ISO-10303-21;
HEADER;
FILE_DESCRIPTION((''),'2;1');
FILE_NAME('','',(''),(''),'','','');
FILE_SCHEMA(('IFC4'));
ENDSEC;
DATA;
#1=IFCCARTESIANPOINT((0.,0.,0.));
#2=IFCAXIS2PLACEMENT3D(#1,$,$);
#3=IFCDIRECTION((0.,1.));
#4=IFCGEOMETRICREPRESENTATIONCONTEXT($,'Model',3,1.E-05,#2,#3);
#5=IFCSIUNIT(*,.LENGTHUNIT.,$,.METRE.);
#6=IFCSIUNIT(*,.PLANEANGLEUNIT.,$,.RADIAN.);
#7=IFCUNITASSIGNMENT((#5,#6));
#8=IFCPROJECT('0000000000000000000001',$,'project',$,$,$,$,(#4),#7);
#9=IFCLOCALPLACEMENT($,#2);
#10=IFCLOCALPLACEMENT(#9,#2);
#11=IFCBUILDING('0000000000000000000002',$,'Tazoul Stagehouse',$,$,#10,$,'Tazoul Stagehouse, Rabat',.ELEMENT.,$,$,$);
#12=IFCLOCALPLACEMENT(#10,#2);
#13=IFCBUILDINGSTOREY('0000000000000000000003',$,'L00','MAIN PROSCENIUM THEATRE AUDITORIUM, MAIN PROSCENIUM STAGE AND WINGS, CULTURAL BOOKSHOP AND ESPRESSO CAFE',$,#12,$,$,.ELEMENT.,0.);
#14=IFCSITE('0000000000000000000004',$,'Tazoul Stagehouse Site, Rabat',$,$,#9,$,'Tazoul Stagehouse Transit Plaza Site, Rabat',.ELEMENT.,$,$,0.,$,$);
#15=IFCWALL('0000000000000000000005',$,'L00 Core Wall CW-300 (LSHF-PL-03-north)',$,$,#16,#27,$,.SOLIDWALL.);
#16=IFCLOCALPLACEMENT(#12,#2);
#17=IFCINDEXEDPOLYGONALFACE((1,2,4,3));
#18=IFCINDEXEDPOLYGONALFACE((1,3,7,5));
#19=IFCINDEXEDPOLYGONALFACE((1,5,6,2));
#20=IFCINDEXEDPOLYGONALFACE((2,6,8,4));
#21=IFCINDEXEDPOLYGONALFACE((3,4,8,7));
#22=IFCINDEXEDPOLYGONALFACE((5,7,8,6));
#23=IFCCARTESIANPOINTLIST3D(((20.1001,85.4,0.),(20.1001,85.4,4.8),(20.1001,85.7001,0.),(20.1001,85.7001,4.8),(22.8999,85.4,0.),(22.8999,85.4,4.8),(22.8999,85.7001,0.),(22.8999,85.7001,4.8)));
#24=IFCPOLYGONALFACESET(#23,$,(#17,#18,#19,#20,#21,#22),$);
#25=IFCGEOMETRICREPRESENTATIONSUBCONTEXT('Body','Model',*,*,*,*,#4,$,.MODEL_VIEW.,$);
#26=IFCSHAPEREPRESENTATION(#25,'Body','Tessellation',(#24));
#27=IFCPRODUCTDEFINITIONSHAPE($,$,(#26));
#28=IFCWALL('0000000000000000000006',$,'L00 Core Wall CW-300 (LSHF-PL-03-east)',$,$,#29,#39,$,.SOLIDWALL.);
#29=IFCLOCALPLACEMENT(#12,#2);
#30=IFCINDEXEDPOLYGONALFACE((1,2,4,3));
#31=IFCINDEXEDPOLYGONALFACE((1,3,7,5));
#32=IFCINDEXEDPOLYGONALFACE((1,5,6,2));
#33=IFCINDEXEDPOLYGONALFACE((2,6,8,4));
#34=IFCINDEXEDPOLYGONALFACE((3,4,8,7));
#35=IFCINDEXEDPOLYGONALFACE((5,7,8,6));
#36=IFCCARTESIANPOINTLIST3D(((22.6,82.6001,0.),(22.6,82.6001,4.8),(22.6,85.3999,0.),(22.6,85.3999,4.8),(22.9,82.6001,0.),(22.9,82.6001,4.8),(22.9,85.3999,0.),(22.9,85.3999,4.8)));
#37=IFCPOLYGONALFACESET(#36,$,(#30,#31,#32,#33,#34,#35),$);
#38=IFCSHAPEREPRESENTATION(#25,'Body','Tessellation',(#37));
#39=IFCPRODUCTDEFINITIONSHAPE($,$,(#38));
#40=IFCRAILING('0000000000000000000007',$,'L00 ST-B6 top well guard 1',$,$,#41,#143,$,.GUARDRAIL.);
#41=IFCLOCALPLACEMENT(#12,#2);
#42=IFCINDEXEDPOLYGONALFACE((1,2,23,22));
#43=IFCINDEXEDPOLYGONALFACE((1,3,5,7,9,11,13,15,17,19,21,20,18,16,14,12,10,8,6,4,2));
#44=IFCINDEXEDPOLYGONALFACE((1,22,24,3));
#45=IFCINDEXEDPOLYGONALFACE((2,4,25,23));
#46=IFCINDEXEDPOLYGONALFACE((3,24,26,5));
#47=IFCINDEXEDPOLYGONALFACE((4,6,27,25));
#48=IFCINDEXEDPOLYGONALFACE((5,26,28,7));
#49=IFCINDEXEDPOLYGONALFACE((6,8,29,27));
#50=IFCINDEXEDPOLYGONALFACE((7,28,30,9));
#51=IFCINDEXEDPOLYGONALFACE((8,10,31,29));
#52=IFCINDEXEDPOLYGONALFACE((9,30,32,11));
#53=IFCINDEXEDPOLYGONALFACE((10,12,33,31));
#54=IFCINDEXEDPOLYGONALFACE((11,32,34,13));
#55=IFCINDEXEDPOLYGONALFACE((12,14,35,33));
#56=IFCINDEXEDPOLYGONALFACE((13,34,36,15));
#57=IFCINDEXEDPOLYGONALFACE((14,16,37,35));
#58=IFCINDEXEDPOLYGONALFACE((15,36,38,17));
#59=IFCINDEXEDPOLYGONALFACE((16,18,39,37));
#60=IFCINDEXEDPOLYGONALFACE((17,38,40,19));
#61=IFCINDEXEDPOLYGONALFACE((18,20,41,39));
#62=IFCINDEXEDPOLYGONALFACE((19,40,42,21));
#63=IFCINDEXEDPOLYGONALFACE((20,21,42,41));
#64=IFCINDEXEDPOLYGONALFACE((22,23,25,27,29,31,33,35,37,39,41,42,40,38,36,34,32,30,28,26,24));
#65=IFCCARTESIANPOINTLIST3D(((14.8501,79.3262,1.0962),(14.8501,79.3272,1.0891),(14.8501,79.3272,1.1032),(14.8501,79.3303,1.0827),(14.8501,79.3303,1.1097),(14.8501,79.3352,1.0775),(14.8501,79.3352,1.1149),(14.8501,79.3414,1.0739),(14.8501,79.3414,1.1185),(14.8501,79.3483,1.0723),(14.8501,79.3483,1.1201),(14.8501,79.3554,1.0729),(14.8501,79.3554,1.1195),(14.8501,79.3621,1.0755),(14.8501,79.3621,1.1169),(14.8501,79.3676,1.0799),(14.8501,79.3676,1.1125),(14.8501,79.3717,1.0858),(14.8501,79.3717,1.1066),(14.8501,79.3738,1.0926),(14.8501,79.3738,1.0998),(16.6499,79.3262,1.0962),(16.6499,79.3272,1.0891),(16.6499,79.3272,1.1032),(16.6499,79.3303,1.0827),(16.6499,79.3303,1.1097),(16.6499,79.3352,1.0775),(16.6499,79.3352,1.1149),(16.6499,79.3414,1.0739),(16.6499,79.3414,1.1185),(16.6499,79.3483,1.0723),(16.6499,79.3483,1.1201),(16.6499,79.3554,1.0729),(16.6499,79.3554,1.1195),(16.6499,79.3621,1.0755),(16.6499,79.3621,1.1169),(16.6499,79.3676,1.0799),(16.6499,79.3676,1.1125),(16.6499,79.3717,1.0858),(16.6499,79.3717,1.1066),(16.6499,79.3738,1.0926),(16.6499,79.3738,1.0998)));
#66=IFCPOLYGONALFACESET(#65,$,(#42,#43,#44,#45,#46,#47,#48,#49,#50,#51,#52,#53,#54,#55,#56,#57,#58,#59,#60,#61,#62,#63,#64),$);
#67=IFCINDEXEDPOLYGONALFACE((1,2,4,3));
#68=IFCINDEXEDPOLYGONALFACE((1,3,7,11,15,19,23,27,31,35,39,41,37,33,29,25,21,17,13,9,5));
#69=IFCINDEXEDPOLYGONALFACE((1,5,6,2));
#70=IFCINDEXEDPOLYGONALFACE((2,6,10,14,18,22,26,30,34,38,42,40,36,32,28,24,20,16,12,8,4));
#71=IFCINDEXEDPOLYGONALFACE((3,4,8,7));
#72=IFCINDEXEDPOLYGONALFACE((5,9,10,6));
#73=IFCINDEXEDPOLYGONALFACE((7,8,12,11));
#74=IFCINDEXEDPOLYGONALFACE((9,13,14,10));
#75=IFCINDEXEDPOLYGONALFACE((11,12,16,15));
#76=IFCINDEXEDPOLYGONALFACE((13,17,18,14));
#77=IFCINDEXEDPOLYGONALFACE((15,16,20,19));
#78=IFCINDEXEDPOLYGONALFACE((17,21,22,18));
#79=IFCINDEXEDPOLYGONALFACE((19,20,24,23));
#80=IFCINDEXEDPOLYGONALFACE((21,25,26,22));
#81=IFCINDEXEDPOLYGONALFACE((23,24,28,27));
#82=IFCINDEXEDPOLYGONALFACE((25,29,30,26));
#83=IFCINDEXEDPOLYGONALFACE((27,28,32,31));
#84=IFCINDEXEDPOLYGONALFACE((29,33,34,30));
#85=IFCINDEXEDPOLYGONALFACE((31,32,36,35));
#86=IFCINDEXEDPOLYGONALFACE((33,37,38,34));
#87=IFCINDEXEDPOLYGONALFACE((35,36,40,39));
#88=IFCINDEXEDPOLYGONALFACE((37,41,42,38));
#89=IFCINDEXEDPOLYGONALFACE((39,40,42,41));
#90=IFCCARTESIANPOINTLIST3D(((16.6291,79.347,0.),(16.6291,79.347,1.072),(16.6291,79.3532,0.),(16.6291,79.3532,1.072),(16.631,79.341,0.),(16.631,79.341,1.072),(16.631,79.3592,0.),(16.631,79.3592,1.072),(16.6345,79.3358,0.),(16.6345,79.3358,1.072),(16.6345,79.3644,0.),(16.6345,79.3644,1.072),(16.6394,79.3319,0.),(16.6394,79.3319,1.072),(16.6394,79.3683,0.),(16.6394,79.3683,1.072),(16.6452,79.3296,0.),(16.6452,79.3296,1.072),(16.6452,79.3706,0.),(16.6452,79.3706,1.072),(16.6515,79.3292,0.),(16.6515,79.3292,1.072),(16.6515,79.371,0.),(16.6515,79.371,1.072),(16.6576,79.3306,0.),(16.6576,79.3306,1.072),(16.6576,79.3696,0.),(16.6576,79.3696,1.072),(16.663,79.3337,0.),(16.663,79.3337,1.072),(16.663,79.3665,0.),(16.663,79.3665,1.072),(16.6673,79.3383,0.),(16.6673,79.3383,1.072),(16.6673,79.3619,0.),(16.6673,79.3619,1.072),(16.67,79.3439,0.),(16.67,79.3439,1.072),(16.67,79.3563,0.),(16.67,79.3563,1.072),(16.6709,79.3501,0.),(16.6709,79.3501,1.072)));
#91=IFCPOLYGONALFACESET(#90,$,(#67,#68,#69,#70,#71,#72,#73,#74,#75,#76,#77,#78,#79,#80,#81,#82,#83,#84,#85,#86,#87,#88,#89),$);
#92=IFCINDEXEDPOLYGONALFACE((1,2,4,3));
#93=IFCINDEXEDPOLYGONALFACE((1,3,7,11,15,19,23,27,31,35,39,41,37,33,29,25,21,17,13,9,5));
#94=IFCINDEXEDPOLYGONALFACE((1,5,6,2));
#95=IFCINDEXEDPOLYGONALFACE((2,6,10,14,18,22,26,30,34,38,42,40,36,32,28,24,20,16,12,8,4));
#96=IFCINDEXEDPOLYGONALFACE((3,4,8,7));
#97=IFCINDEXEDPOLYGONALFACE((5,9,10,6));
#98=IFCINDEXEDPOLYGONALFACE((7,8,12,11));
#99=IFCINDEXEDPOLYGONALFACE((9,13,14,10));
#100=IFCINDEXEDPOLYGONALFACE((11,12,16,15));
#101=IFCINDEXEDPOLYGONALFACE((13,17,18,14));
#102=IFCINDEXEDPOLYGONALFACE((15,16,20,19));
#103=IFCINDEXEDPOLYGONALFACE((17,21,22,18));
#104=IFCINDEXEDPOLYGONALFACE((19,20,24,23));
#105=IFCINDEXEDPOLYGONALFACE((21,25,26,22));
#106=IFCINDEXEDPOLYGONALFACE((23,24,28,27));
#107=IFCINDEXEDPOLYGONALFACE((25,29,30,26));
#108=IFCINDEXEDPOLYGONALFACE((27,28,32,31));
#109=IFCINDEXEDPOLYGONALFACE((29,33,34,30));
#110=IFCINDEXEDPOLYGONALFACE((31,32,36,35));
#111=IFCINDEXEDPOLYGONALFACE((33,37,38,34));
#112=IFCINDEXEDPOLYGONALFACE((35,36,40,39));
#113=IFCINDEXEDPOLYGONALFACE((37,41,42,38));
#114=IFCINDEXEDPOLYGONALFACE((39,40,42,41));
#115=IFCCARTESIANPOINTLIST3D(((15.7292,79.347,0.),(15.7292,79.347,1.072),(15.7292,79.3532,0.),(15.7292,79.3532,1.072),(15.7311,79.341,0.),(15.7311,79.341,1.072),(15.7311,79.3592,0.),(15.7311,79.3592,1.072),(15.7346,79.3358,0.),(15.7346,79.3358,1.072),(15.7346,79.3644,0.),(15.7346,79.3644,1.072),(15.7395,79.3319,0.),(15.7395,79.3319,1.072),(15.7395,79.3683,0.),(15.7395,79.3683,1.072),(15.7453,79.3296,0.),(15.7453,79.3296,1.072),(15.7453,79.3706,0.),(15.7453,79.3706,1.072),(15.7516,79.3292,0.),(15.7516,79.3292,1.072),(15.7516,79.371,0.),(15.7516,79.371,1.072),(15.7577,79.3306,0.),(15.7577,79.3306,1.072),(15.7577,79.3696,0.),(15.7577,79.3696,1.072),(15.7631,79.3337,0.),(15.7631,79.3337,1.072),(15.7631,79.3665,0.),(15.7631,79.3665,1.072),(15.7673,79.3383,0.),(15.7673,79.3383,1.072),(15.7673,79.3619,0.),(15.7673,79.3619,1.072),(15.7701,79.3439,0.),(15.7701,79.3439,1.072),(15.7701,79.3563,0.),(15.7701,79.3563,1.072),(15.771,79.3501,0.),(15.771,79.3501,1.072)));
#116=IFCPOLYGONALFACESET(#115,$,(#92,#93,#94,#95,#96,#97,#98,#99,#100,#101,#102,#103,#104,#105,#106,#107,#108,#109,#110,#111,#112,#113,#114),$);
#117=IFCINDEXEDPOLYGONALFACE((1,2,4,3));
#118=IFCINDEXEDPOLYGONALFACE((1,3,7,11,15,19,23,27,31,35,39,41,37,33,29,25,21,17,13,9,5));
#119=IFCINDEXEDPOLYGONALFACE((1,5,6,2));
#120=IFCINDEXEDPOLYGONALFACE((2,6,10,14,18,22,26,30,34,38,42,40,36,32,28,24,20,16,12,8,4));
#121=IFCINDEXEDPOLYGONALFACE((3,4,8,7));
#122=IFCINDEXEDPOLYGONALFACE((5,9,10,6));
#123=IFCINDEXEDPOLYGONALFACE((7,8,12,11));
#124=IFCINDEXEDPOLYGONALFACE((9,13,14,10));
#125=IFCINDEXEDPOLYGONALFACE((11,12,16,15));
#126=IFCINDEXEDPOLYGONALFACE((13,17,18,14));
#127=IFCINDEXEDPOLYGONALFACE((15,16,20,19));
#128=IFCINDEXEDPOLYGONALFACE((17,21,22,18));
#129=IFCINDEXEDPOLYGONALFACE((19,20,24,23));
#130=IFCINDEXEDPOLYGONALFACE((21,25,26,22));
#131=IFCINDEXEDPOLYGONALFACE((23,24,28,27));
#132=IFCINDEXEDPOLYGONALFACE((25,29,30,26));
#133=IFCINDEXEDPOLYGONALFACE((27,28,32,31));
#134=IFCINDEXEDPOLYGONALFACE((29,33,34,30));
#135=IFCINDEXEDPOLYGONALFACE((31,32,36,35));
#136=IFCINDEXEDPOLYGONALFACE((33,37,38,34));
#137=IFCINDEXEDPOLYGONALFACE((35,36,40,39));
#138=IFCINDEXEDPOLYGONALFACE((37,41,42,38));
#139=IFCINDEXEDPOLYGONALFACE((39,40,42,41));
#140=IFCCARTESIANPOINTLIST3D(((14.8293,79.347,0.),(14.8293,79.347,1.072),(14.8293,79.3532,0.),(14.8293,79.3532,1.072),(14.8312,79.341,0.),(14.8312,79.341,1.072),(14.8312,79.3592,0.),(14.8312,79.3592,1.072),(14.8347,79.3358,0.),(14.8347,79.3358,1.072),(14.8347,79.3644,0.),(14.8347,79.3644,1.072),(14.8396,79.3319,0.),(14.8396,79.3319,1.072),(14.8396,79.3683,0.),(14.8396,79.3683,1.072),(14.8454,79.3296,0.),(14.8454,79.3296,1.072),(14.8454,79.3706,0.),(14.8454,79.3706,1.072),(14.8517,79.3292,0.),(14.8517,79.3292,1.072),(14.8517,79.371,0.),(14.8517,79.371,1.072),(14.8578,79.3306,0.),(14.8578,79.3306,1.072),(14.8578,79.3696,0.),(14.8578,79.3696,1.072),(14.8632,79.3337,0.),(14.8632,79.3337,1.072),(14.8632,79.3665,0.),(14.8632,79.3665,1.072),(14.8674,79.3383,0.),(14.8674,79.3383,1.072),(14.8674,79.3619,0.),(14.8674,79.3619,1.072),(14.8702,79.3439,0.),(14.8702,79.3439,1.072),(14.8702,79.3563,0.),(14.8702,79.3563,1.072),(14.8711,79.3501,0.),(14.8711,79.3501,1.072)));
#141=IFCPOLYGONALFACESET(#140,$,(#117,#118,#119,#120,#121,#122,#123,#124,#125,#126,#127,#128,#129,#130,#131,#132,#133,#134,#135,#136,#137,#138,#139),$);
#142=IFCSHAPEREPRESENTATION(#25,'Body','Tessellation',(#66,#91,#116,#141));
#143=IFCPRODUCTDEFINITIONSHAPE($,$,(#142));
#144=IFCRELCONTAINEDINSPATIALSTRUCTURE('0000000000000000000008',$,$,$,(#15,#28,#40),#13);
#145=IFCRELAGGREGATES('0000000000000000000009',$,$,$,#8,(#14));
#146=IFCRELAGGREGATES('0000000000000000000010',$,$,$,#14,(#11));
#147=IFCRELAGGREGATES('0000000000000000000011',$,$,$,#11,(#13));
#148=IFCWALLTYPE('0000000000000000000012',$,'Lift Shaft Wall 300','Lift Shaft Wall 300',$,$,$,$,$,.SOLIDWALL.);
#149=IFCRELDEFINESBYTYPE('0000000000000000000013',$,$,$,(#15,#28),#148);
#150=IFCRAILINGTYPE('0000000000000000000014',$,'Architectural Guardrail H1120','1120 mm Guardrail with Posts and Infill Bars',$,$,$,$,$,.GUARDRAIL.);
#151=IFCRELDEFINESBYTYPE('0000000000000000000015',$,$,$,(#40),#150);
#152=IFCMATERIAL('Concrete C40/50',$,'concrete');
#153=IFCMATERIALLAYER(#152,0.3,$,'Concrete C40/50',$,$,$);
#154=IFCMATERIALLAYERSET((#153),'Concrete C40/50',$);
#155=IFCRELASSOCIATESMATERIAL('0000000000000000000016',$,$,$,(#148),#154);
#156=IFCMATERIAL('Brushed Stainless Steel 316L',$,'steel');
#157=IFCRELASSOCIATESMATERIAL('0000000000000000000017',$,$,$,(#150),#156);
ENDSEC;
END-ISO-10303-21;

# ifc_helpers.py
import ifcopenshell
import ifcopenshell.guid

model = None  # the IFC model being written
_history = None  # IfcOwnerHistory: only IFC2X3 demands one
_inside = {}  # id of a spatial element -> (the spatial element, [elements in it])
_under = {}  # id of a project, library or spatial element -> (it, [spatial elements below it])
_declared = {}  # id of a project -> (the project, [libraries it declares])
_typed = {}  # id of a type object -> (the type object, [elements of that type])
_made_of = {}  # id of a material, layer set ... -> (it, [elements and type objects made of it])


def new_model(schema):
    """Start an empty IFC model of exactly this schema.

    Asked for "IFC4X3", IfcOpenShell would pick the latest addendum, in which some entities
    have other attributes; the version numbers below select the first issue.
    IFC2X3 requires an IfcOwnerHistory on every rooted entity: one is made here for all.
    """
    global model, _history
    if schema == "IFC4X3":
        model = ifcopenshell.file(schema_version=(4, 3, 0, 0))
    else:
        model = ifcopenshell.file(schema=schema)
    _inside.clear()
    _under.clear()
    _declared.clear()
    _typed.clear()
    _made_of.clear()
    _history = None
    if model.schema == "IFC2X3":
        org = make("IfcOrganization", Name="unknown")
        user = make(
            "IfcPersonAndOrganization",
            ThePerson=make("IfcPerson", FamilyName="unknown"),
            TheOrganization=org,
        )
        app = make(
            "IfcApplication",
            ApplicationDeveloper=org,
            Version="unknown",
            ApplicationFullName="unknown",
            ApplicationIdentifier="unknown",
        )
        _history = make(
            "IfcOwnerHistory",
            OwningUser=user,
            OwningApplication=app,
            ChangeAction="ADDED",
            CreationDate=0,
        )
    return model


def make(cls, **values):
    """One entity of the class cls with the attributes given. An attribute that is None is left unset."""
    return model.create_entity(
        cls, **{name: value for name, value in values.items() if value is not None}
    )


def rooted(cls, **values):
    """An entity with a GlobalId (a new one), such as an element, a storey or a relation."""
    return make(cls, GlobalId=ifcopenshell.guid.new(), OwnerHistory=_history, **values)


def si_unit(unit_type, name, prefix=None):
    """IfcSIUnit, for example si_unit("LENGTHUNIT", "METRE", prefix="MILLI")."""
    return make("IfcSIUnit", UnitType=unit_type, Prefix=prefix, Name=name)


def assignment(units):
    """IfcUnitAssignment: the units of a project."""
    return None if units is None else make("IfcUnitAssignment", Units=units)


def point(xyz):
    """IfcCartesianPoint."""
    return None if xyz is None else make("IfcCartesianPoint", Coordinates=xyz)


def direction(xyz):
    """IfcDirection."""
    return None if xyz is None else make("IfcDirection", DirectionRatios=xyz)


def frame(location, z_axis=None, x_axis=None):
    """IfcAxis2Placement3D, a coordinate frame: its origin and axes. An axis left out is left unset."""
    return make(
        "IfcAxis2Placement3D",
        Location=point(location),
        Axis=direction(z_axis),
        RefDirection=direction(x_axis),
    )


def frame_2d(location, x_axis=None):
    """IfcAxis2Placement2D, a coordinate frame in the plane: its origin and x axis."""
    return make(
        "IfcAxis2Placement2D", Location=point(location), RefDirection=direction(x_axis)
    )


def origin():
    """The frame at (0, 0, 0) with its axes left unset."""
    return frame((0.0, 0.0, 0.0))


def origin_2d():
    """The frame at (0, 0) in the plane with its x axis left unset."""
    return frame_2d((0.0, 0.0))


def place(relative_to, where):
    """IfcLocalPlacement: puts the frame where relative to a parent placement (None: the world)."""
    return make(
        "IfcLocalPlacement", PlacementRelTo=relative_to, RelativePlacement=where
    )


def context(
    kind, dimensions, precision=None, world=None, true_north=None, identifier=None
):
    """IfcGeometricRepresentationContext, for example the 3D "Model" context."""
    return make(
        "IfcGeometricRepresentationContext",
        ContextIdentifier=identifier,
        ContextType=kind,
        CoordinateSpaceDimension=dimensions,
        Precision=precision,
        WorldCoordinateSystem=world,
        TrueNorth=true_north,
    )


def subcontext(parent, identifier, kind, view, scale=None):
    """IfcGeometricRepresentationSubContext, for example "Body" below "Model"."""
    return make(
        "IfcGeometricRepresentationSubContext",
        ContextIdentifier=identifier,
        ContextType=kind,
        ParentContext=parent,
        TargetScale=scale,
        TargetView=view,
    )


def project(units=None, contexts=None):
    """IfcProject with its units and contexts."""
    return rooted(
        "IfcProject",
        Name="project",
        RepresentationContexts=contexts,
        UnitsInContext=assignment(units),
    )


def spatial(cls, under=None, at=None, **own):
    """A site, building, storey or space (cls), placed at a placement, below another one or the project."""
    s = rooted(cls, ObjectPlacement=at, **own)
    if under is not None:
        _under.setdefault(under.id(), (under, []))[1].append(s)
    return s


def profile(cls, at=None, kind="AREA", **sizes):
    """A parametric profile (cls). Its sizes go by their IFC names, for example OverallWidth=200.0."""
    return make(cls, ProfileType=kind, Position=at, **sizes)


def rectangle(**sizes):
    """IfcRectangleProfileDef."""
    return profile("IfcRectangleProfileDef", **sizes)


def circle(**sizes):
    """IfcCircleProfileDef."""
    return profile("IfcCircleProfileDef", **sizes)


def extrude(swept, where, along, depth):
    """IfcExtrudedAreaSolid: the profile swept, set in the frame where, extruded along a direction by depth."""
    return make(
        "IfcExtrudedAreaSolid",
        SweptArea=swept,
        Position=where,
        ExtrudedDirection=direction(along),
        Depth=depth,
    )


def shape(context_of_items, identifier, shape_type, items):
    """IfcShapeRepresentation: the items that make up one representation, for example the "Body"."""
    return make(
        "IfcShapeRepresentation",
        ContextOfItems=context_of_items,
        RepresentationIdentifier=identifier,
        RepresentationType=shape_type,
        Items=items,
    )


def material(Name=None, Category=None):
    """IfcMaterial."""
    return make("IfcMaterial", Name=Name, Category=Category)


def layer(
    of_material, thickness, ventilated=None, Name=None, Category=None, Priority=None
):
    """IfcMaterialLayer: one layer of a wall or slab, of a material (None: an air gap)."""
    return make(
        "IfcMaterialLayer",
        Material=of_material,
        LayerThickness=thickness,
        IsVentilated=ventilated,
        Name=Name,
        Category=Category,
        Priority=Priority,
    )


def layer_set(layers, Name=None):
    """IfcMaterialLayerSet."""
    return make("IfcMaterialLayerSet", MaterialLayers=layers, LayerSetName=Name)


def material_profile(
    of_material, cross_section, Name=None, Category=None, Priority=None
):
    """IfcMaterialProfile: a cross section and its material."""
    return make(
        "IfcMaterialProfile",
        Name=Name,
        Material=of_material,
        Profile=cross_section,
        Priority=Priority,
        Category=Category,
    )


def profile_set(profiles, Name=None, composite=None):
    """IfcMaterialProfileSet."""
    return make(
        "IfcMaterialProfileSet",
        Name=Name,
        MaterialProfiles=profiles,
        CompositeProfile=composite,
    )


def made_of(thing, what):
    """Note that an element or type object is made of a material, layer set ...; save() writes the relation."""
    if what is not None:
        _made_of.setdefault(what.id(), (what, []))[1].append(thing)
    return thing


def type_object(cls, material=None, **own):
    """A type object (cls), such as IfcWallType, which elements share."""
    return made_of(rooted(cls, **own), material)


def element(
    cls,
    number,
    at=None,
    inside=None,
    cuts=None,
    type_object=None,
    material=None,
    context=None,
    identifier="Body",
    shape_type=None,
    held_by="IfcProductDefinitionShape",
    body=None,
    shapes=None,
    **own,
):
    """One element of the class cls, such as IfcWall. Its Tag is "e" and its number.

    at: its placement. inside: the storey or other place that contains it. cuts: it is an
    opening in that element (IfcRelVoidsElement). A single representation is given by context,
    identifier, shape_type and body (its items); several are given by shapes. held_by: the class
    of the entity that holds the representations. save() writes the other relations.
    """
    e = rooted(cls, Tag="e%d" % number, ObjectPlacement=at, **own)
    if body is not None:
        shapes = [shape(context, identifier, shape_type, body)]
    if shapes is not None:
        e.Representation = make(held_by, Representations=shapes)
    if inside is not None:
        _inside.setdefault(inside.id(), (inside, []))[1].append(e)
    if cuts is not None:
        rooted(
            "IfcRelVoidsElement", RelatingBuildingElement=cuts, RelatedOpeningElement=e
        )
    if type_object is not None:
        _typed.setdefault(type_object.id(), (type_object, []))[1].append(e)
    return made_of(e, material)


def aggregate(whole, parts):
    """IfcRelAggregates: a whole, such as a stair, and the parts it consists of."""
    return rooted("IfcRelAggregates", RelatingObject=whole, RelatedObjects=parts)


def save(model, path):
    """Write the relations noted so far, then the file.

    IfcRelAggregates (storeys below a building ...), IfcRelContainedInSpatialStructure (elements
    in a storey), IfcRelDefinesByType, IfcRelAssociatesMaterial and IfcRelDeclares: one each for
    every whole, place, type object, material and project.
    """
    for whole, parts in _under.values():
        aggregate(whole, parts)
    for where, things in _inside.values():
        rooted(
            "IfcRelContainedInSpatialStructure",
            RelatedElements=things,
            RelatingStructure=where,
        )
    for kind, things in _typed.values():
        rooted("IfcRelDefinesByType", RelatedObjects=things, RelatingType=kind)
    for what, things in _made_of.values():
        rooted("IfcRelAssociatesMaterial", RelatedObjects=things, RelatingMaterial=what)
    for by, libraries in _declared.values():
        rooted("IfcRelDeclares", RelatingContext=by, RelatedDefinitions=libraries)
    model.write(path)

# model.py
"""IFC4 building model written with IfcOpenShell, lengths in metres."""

from ifc_helpers import new_model, si_unit, direction, frame, frame_2d, origin, origin_2d, place, context, subcontext, project, spatial, rectangle, circle, extrude, material, layer, layer_set, material_profile, profile_set, type_object, element, save


model = new_model("IFC4")

# Units and contexts
model_context = context("Model", 3, precision=1e-05, world=origin(), true_north=direction((0.0, 1.0)))
body_context = subcontext(model_context, "Body", "Model", "MODEL_VIEW")
ifc_project = project(units=[si_unit("LENGTHUNIT", "METRE"), si_unit("PLANEANGLEUNIT", "RADIAN")], contexts=[model_context])

# Site, building, storey
site_placement = place(None, origin())
site = spatial("IfcSite", under=ifc_project, at=site_placement, Name="Tazoul Stagehouse Site, Rabat", LongName="Tazoul Stagehouse Transit Plaza Site, Rabat", CompositionType="ELEMENT", RefElevation=0.0)
building_placement = place(site_placement, origin())
building = spatial("IfcBuilding", under=site, at=building_placement, Name="Tazoul Stagehouse", LongName="Tazoul Stagehouse, Rabat", CompositionType="ELEMENT")
storey_placement = place(building_placement, origin())
storey = spatial("IfcBuildingStorey", under=building, at=storey_placement, Name="L00", Description="MAIN PROSCENIUM THEATRE AUDITORIUM, MAIN PROSCENIUM STAGE AND WINGS, CULTURAL BOOKSHOP AND ESPRESSO CAFE", CompositionType="ELEMENT", Elevation=0.0)

# Shared definitions
ifc_material_1 = material(Name="Concrete C40/50", Category="concrete")

# Shared definitions
ifc_layer_1 = layer(ifc_material_1, 0.3, Name="Concrete C40/50")
ifc_layer_set_1 = layer_set([ifc_layer_1], Name="Concrete C40/50")
wall_type_1 = type_object("IfcWallType", Name="Lift Shaft Wall 300", Description="Lift Shaft Wall 300", PredefinedType="SOLIDWALL", material=ifc_layer_set_1)

# Walls
for number, where, z_axis, x_axis, name in (
    (1, (20.1001, 85.55, 0.0), (0.0, 0.0, 1.0), (1.0, 0.0, 0.0), "L00 Core Wall CW-300 (LSHF-PL-03-north)"),
    (2, (22.75, 85.3999, 0.0), (0.0, 0.0, 1.0), (0.0, -1.0, 0.0), "L00 Core Wall CW-300 (LSHF-PL-03-east)"),
):
    element("IfcWall", number, at=place(storey_placement, frame(where, z_axis=z_axis, x_axis=x_axis)), inside=storey, type_object=wall_type_1, Name=name, PredefinedType="SOLIDWALL", context=body_context, shape_type="SweptSolid", body=[
        extrude(rectangle(XDim=2.7998, YDim=0.3, at=frame_2d((1.3999, 0.0))), origin(), (0.0, 0.0, 1.0), 4.8),
    ])

# Railing
ifc_material_2 = material(Name="Brushed Stainless Steel 316L", Category="steel")
ifc_material_profile_1 = material_profile(ifc_material_2, circle(Radius=0.0239, at=origin_2d()), Name="SS RAIL D48")
ifc_profile_set_1 = profile_set([ifc_material_profile_1], Name="Brushed Stainless Steel 316L")
railing_type = type_object("IfcRailingType", Name="Architectural Guardrail H1120", Description="1120 mm Guardrail with Posts and Infill Bars", PredefinedType="GUARDRAIL", material=ifc_profile_set_1)
railing_placement = place(storey_placement, frame((16.6499, 79.3501, 0.0)))
element("IfcRailing", 3, at=railing_placement, inside=storey, type_object=railing_type, Name="L00 ST-B6 top well guard 1", PredefinedType="GUARDRAIL", context=body_context, shape_type="SweptSolid", body=[
    extrude(circle(Radius=0.0239, at=origin_2d()), frame((0.0, 0.0, 1.0962), z_axis=(-1.0, 0.0, 0.0), x_axis=(0.0, -1.0, 0.0)), (0.0, 0.0, 1.0), 1.7998),
    extrude(circle(Radius=0.021, at=origin_2d()), origin(), (0.0, 0.0, 1.0), 1.072),
    extrude(circle(Radius=0.021, at=origin_2d()), frame((-0.8999, 0.0, 0.0)), (0.0, 0.0, 1.0), 1.072),
    extrude(circle(Radius=0.021, at=origin_2d()), frame((-1.7998, 0.0, 0.0)), (0.0, 0.0, 1.0), 1.072),
])

save(model, "model.ifc")
